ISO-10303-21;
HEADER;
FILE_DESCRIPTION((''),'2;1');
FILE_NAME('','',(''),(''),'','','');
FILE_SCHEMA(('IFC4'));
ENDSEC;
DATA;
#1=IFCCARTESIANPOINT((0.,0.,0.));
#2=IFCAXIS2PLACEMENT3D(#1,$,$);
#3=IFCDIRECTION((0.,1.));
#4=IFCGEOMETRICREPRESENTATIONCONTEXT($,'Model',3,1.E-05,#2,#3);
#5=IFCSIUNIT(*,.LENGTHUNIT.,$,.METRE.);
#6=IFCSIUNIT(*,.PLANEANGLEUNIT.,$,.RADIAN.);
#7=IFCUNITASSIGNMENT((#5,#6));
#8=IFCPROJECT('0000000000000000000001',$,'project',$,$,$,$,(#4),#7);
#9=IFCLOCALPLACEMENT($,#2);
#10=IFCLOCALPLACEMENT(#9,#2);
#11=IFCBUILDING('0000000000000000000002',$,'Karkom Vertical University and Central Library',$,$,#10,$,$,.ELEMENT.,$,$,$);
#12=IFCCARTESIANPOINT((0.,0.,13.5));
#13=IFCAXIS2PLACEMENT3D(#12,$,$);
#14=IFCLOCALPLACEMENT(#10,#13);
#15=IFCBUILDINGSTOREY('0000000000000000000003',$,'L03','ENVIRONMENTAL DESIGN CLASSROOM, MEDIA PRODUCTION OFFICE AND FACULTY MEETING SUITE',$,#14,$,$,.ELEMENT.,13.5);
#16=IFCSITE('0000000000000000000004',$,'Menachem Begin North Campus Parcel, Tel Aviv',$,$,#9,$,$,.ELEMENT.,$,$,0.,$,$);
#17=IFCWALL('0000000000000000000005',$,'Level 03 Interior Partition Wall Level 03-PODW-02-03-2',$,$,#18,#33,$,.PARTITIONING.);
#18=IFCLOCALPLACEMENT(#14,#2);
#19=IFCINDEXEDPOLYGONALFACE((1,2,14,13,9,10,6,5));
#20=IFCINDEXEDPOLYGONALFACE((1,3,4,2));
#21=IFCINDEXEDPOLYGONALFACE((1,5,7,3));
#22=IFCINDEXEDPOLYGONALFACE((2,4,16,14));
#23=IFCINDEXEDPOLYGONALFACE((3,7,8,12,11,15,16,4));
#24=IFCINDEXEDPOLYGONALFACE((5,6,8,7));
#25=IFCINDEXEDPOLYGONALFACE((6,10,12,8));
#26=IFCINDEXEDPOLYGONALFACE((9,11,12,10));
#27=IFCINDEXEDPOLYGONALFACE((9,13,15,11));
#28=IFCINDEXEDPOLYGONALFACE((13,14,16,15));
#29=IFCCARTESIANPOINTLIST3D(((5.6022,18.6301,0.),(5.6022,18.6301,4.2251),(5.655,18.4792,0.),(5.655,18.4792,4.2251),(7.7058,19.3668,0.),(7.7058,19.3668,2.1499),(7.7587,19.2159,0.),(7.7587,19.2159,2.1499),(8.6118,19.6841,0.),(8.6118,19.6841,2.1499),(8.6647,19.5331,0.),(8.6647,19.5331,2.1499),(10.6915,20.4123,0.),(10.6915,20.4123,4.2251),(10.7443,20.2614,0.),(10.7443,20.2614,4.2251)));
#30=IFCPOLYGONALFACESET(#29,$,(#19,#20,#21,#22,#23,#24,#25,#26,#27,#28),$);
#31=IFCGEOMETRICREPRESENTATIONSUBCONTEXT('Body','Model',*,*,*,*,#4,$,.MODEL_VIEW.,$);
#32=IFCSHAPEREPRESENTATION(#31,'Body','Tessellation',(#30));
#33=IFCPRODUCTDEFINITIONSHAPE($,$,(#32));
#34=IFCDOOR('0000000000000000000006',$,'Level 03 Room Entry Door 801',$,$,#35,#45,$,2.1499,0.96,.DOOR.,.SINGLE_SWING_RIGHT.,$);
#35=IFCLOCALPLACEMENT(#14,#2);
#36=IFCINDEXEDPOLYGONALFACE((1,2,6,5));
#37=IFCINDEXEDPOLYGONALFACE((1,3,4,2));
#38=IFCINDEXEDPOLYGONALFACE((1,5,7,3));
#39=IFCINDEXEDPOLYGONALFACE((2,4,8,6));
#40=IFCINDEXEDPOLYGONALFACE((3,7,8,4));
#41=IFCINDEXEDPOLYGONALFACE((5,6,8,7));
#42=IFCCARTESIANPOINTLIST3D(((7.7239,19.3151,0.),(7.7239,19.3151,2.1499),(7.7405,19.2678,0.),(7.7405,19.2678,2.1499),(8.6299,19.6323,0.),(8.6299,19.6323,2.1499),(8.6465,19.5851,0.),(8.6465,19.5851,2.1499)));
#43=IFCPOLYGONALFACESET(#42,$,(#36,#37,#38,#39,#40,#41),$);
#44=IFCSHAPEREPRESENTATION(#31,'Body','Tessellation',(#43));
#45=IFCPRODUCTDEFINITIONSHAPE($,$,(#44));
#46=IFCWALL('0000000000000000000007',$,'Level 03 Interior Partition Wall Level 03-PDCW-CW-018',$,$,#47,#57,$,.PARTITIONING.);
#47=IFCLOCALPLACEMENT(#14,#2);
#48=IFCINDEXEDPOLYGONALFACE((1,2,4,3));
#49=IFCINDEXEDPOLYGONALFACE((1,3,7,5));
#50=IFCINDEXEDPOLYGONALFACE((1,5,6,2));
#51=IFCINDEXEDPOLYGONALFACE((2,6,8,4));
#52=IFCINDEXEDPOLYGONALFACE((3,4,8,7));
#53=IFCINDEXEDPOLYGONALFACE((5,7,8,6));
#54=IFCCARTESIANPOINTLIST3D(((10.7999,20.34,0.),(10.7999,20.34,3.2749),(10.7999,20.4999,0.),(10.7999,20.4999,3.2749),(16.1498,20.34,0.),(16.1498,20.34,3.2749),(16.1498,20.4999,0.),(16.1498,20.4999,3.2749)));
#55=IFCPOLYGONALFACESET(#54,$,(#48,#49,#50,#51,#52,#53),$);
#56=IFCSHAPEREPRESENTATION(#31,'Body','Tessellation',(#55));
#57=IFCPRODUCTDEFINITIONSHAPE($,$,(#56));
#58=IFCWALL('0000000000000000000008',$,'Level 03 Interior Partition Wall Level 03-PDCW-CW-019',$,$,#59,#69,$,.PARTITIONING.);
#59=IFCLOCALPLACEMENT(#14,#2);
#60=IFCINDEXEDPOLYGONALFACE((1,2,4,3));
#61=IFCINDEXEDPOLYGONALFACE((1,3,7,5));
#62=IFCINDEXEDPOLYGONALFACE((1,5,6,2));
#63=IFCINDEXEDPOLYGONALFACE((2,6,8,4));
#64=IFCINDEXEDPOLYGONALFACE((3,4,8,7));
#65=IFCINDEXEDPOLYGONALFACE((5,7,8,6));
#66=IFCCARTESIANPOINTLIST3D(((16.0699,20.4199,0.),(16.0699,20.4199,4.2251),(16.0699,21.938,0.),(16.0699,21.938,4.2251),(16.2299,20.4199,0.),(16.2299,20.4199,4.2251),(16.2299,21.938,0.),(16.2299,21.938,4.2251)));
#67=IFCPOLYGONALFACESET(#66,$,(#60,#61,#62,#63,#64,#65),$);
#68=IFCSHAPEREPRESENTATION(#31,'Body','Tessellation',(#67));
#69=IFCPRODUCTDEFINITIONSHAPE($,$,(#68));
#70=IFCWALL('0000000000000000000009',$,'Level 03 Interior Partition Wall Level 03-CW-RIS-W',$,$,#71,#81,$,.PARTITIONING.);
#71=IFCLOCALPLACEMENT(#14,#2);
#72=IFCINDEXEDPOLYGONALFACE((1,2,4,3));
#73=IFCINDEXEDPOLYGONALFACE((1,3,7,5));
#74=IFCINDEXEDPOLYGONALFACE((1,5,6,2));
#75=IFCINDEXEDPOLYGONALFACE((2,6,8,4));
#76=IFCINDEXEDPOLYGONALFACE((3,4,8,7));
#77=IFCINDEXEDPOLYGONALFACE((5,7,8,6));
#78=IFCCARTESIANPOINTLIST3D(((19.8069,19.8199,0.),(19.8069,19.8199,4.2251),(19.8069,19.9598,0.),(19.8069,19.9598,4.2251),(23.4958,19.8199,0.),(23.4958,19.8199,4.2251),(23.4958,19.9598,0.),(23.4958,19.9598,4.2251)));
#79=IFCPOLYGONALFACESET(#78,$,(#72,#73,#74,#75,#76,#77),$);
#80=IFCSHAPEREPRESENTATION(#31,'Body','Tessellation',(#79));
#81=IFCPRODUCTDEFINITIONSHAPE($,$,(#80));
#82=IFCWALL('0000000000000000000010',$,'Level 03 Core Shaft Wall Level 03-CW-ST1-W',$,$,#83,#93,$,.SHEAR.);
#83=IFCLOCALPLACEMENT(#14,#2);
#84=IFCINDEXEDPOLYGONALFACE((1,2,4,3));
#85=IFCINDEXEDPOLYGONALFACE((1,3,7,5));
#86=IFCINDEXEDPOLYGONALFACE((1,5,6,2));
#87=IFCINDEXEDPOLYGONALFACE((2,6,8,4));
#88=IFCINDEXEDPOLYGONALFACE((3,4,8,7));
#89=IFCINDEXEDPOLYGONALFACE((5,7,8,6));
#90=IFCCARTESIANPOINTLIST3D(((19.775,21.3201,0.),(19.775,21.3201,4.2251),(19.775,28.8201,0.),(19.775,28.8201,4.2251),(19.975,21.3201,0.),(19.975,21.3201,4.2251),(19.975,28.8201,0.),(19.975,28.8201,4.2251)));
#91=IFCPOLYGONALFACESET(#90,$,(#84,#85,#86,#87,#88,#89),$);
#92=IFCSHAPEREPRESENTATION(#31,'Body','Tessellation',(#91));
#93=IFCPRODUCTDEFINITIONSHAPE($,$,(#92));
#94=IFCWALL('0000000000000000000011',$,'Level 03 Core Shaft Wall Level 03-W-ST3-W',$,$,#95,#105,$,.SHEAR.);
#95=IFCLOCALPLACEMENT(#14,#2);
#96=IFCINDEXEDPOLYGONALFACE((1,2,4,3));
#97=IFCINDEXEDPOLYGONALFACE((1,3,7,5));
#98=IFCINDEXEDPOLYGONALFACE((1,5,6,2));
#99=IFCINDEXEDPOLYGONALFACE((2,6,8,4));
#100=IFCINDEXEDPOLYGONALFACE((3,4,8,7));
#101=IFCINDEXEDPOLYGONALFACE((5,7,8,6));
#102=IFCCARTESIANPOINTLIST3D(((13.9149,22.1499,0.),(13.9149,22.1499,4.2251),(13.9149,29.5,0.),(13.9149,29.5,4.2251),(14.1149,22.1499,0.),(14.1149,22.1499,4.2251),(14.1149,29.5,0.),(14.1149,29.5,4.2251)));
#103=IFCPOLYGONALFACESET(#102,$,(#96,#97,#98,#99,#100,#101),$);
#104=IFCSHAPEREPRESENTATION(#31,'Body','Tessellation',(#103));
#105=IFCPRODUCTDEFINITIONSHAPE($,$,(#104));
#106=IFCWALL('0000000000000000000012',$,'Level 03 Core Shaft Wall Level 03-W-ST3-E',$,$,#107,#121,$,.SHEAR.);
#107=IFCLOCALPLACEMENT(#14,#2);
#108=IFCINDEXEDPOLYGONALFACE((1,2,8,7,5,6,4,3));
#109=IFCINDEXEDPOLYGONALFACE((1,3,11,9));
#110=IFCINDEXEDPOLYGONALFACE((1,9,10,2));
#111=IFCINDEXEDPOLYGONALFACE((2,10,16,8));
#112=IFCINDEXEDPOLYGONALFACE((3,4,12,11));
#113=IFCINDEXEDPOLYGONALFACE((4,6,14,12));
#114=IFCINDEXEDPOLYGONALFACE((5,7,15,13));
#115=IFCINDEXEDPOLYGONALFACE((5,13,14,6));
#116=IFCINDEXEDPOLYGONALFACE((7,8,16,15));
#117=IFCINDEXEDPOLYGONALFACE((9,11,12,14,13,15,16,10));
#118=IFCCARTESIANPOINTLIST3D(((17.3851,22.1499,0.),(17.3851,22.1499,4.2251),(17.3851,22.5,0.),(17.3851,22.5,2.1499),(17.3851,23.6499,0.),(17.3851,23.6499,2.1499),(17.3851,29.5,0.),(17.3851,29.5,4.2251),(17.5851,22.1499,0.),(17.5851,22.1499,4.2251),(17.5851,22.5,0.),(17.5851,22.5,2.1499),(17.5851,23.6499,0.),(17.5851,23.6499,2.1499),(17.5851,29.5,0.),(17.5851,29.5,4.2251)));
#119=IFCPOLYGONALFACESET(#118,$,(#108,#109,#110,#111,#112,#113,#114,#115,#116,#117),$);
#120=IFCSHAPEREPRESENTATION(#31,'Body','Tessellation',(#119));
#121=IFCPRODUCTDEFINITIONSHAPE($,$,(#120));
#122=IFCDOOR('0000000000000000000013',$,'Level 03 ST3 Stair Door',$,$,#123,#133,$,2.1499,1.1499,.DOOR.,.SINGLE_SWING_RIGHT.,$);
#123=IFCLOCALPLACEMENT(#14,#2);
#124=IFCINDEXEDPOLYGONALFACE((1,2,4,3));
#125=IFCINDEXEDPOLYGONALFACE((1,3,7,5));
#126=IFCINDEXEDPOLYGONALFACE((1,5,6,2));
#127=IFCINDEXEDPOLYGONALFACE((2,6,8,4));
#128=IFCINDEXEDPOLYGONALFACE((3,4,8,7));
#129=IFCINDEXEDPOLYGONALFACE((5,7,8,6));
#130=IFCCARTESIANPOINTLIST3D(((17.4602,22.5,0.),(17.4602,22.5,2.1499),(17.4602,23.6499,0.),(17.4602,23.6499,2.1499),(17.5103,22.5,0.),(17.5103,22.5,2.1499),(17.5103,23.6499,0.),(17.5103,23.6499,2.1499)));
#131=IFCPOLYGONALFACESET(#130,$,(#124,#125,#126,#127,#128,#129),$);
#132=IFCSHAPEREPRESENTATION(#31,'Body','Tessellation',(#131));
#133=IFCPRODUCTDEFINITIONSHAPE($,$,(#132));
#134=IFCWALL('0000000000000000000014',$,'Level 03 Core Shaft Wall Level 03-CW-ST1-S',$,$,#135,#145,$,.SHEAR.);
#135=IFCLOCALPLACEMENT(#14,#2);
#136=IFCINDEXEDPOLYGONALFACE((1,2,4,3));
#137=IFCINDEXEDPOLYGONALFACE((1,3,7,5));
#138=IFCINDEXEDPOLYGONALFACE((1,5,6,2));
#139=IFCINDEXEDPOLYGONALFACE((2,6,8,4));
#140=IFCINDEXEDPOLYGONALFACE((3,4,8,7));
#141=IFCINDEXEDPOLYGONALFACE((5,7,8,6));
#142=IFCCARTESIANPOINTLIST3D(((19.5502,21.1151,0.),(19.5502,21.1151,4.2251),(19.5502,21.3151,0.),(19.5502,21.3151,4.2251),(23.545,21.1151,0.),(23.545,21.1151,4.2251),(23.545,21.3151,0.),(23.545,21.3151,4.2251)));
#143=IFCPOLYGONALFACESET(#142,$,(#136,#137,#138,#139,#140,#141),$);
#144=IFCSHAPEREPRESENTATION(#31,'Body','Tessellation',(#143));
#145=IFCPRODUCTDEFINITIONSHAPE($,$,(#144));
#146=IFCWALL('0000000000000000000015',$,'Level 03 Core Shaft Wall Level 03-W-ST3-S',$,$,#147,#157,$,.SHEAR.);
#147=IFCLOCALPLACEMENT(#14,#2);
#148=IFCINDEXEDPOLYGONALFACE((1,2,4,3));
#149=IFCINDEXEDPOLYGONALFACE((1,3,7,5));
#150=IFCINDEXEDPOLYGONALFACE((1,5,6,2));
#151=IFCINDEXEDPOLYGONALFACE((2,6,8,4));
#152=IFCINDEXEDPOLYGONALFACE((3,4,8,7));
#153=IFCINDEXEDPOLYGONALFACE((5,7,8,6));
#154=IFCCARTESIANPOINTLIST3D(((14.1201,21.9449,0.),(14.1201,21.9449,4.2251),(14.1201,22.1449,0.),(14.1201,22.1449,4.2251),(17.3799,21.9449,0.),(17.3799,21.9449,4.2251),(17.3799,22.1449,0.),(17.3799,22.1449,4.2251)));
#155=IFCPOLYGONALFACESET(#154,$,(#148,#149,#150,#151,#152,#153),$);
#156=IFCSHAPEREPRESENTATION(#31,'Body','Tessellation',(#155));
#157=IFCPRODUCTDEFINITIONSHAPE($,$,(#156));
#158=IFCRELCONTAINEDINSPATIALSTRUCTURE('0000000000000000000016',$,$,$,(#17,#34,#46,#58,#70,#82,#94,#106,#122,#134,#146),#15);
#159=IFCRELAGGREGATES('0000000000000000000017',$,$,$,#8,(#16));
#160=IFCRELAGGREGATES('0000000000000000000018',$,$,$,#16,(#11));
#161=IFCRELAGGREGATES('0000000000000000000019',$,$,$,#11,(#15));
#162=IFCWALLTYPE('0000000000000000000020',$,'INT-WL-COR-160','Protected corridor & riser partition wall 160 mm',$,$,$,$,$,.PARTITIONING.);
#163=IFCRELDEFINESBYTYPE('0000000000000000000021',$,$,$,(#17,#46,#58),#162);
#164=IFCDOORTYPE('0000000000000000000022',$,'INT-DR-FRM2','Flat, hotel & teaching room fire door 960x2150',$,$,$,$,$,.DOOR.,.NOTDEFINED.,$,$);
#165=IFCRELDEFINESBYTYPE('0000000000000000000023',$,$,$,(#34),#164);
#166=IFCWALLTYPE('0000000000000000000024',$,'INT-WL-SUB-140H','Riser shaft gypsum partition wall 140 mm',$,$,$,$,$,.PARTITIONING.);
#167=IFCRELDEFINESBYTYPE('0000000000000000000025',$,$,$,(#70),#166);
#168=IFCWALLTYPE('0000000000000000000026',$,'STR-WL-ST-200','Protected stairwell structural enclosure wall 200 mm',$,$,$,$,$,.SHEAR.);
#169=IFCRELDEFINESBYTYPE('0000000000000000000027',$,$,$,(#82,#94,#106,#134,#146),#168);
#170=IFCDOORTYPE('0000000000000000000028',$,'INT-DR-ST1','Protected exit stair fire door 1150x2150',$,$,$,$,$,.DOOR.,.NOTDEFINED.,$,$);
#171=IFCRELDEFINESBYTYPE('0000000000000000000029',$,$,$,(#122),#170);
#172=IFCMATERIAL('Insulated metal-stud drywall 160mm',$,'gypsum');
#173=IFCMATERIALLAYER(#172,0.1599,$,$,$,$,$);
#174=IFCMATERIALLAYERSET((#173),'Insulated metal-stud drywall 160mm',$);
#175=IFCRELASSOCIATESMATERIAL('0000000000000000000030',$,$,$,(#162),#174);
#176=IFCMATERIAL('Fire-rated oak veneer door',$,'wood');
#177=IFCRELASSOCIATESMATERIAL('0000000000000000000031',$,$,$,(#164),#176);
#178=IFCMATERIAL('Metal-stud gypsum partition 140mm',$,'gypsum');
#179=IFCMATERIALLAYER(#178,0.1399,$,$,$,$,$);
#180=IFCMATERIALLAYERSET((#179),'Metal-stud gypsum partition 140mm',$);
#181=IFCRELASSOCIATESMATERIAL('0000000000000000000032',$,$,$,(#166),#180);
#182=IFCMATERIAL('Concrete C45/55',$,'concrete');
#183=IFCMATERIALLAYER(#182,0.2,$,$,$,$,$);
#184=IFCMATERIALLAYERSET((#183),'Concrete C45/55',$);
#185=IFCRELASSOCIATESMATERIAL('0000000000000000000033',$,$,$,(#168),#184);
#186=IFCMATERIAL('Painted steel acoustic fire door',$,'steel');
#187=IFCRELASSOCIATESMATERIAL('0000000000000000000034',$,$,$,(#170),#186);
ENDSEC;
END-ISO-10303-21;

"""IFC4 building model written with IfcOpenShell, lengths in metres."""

from ifc_helpers import new_model, si_unit, direction, frame, frame_2d, origin, origin_with_axes, place, context, subcontext, project, spatial, rectangle, extrude, source, transform, mapped, material, layer, layer_set, type_object, element, fill, save


model = new_model("IFC4")

# Units and contexts
model_context = context("Model", 3, precision=1e-05, world=origin(), true_north=direction((0.0, 1.0)))
body_context = subcontext(model_context, "Body", "Model", "MODEL_VIEW")
ifc_project = project(units=[si_unit("LENGTHUNIT", "METRE"), si_unit("PLANEANGLEUNIT", "RADIAN")], contexts=[model_context])

# Site, building, storey
site_placement = place(None, origin())
site = spatial("IfcSite", under=ifc_project, at=site_placement, Name="Menachem Begin North Campus Parcel, Tel Aviv", CompositionType="ELEMENT", RefElevation=0.0)
building_placement = place(site_placement, origin())
building = spatial("IfcBuilding", under=site, at=building_placement, Name="Karkom Vertical University and Central Library", CompositionType="ELEMENT")
storey_placement = place(building_placement, frame((0.0, 0.0, 13.5)))
storey = spatial("IfcBuildingStorey", under=building, at=storey_placement, Name="L03", Description="ENVIRONMENTAL DESIGN CLASSROOM, MEDIA PRODUCTION OFFICE AND FACULTY MEETING SUITE", CompositionType="ELEMENT", Elevation=13.5)

# Wall, opening, door
ifc_material_1 = material(Name="Insulated metal-stud drywall 160mm", Category="gypsum")
ifc_layer_1 = layer(ifc_material_1, 0.1599)
ifc_layer_set_1 = layer_set([ifc_layer_1], Name="Insulated metal-stud drywall 160mm")
wall_type_1 = type_object("IfcWallType", Name="INT-WL-COR-160", Description="Protected corridor & riser partition wall 160 mm", PredefinedType="PARTITIONING", material=ifc_layer_set_1)
wall_1_placement = place(storey_placement, frame((10.718, 20.3369, 0.0), z_axis=(0.0, 0.0, 1.0), x_axis=(-0.943803, -0.330508, 0.0)))
wall_1 = element("IfcWall", 1, at=wall_1_placement, inside=storey, type_object=wall_type_1, Name="Level 03 Interior Partition Wall Level 03-PODW-02-03-2", PredefinedType="PARTITIONING", context=body_context, shape_type="SweptSolid", body=[
    extrude(rectangle(XDim=5.3923, YDim=0.1599, at=frame_2d((2.6963, 0.0))), origin(), (0.0, 0.0, 1.0), 4.2251),
])
opening_1_placement = place(wall_1_placement, frame((2.2036, 0.0, 0.0)))
opening_1 = element("IfcOpeningElement", 2, at=opening_1_placement, cuts=wall_1, PredefinedType="OPENING", context=body_context, shape_type="SweptSolid", body=[
    extrude(rectangle(XDim=0.96, YDim=2.1499, at=frame_2d((0.48, 1.075))), frame((0.0, 0.0898, 0.0), z_axis=(0.0, -1.0, 0.0), x_axis=(1.0, 0.0, 0.0)), (0.0, 0.0, 1.0), 0.1799),
])
ifc_material_2 = material(Name="Fire-rated oak veneer door", Category="wood")
door_type_1 = type_object("IfcDoorType", Name="INT-DR-FRM2", Description="Flat, hotel & teaching room fire door 960x2150", OperationType="NOTDEFINED", PredefinedType="DOOR", material=ifc_material_2)
shared_shape_1 = source(origin_with_axes(), body_context, "Body", "SweptSolid", [
    extrude(rectangle(XDim=0.96, YDim=2.1499, at=frame_2d((0.48, 1.075))), frame((0.0, 0.0249, 0.0), z_axis=(0.0, -1.0, 0.0), x_axis=(1.0, 0.0, 0.0)), (0.0, 0.0, 1.0), 0.05),
])
door_1_placement = place(opening_1_placement, origin())
door_1 = element("IfcDoor", 3, at=door_1_placement, inside=storey, type_object=door_type_1, Name="Level 03 Room Entry Door 801", OperationType="SINGLE_SWING_RIGHT", OverallHeight=2.1499, OverallWidth=0.96, PredefinedType="DOOR", context=body_context, shape_type="MappedRepresentation", body=[
    mapped(shared_shape_1, transform((0.0, 0.0, 0.0), scale=1.0)),
])
fill(opening_1, door_1)

# Walls
wall_2_placement = place(storey_placement, frame((10.8, 20.4199, 0.0), z_axis=(0.0, 0.0, 1.0), x_axis=(1.0, 0.0, 0.0)))
element("IfcWall", 4, at=wall_2_placement, inside=storey, type_object=wall_type_1, Name="Level 03 Interior Partition Wall Level 03-PDCW-CW-018", PredefinedType="PARTITIONING", context=body_context, shape_type="SweptSolid", body=[
    extrude(rectangle(XDim=5.3499, YDim=0.1599, at=frame_2d((2.6748, 0.0))), origin(), (0.0, 0.0, 1.0), 3.2749),
])
wall_3_placement = place(storey_placement, frame((16.1499, 20.4199, 0.0), z_axis=(0.0, 0.0, 1.0), x_axis=(0.0, 1.0, 0.0)))
element("IfcWall", 5, at=wall_3_placement, inside=storey, type_object=wall_type_1, Name="Level 03 Interior Partition Wall Level 03-PDCW-CW-019", PredefinedType="PARTITIONING", context=body_context, shape_type="SweptSolid", body=[
    extrude(rectangle(XDim=1.5181, YDim=0.1599, at=frame_2d((0.759, 0.0))), origin(), (0.0, 0.0, 1.0), 4.2251),
])
ifc_material_3 = material(Name="Metal-stud gypsum partition 140mm", Category="gypsum")
ifc_layer_2 = layer(ifc_material_3, 0.1399)
ifc_layer_set_2 = layer_set([ifc_layer_2], Name="Metal-stud gypsum partition 140mm")
wall_type_2 = type_object("IfcWallType", Name="INT-WL-SUB-140H", Description="Riser shaft gypsum partition wall 140 mm", PredefinedType="PARTITIONING", material=ifc_layer_set_2)
wall_4_placement = place(storey_placement, frame((19.8069, 19.8899, 0.0), z_axis=(0.0, 0.0, 1.0), x_axis=(1.0, 0.0, 0.0)))
element("IfcWall", 6, at=wall_4_placement, inside=storey, type_object=wall_type_2, Name="Level 03 Interior Partition Wall Level 03-CW-RIS-W", PredefinedType="PARTITIONING", context=body_context, shape_type="SweptSolid", body=[
    extrude(rectangle(XDim=3.689, YDim=0.1399, at=frame_2d((1.8445, 0.0))), origin(), (0.0, 0.0, 1.0), 4.2251),
])
ifc_material_4 = material(Name="Concrete C45/55", Category="concrete")
ifc_layer_3 = layer(ifc_material_4, 0.2)
ifc_layer_set_3 = layer_set([ifc_layer_3], Name="Concrete C45/55")
wall_type_3 = type_object("IfcWallType", Name="STR-WL-ST-200", Description="Protected stairwell structural enclosure wall 200 mm", PredefinedType="SHEAR", material=ifc_layer_set_3)
wall_5_placement = place(storey_placement, frame((19.875, 21.3201, 0.0), z_axis=(0.0, 0.0, 1.0), x_axis=(0.0, 1.0, 0.0)))
element("IfcWall", 7, at=wall_5_placement, inside=storey, type_object=wall_type_3, Name="Level 03 Core Shaft Wall Level 03-CW-ST1-W", PredefinedType="SHEAR", context=body_context, shape_type="SweptSolid", body=[
    extrude(rectangle(XDim=7.5, YDim=0.2, at=frame_2d((3.75, 0.0))), origin(), (0.0, 0.0, 1.0), 4.2251),
])
wall_6_placement = place(storey_placement, frame((14.0149, 22.1499, 0.0), z_axis=(0.0, 0.0, 1.0), x_axis=(0.0, 1.0, 0.0)))
element("IfcWall", 8, at=wall_6_placement, inside=storey, type_object=wall_type_3, Name="Level 03 Core Shaft Wall Level 03-W-ST3-W", PredefinedType="SHEAR", context=body_context, shape_type="SweptSolid", body=[
    extrude(rectangle(XDim=7.3501, YDim=0.2, at=frame_2d((3.675, 0.0))), origin(), (0.0, 0.0, 1.0), 4.2251),
])

# Wall, opening, door
wall_7_placement = place(storey_placement, frame((17.4851, 22.1499, 0.0), z_axis=(0.0, 0.0, 1.0), x_axis=(0.0, 1.0, 0.0)))
wall_7 = element("IfcWall", 9, at=wall_7_placement, inside=storey, type_object=wall_type_3, Name="Level 03 Core Shaft Wall Level 03-W-ST3-E", PredefinedType="SHEAR", context=body_context, shape_type="SweptSolid", body=[
    extrude(rectangle(XDim=7.3501, YDim=0.2, at=frame_2d((3.675, 0.0))), origin(), (0.0, 0.0, 1.0), 4.2251),
])
opening_2_placement = place(wall_7_placement, frame((0.3501, 0.0, 0.0)))
opening_2 = element("IfcOpeningElement", 10, at=opening_2_placement, cuts=wall_7, PredefinedType="OPENING", context=body_context, shape_type="SweptSolid", body=[
    extrude(rectangle(XDim=1.1499, YDim=2.1499, at=frame_2d((0.575, 1.075))), frame((0.0, 0.1099, 0.0), z_axis=(0.0, -1.0, 0.0), x_axis=(1.0, 0.0, 0.0)), (0.0, 0.0, 1.0), 0.22),
])
ifc_material_5 = material(Name="Painted steel acoustic fire door", Category="steel")
door_type_2 = type_object("IfcDoorType", Name="INT-DR-ST1", Description="Protected exit stair fire door 1150x2150", OperationType="NOTDEFINED", PredefinedType="DOOR", material=ifc_material_5)
shared_shape_2 = source(origin_with_axes(), body_context, "Body", "SweptSolid", [
    extrude(rectangle(XDim=1.1499, YDim=2.1499, at=frame_2d((0.575, 1.075))), frame((0.0, 0.0249, 0.0), z_axis=(0.0, -1.0, 0.0), x_axis=(1.0, 0.0, 0.0)), (0.0, 0.0, 1.0), 0.05),
])
door_2_placement = place(opening_2_placement, origin())
door_2 = element("IfcDoor", 11, at=door_2_placement, inside=storey, type_object=door_type_2, Name="Level 03 ST3 Stair Door", OperationType="SINGLE_SWING_RIGHT", OverallHeight=2.1499, OverallWidth=1.1499, PredefinedType="DOOR", context=body_context, shape_type="MappedRepresentation", body=[
    mapped(shared_shape_2, transform((0.0, 0.0, 0.0), scale=1.0)),
])
fill(opening_2, door_2)

# Walls
wall_8_placement = place(storey_placement, frame((19.55, 21.2151, 0.0), z_axis=(0.0, 0.0, 1.0), x_axis=(1.0, 0.0, 0.0)))
element("IfcWall", 12, at=wall_8_placement, inside=storey, type_object=wall_type_3, Name="Level 03 Core Shaft Wall Level 03-CW-ST1-S", PredefinedType="SHEAR", context=body_context, shape_type="SweptSolid", body=[
    extrude(rectangle(XDim=3.9949, YDim=0.2, at=frame_2d((1.9976, 0.0))), origin(), (0.0, 0.0, 1.0), 4.2251),
])
wall_9_placement = place(storey_placement, frame((14.1201, 22.0449, 0.0), z_axis=(0.0, 0.0, 1.0), x_axis=(1.0, 0.0, 0.0)))
element("IfcWall", 13, at=wall_9_placement, inside=storey, type_object=wall_type_3, Name="Level 03 Core Shaft Wall Level 03-W-ST3-S", PredefinedType="SHEAR", context=body_context, shape_type="SweptSolid", body=[
    extrude(rectangle(XDim=3.2598, YDim=0.2, at=frame_2d((1.6299, 0.0))), origin(), (0.0, 0.0, 1.0), 4.2251),
])

save(model, "model.ifc")
